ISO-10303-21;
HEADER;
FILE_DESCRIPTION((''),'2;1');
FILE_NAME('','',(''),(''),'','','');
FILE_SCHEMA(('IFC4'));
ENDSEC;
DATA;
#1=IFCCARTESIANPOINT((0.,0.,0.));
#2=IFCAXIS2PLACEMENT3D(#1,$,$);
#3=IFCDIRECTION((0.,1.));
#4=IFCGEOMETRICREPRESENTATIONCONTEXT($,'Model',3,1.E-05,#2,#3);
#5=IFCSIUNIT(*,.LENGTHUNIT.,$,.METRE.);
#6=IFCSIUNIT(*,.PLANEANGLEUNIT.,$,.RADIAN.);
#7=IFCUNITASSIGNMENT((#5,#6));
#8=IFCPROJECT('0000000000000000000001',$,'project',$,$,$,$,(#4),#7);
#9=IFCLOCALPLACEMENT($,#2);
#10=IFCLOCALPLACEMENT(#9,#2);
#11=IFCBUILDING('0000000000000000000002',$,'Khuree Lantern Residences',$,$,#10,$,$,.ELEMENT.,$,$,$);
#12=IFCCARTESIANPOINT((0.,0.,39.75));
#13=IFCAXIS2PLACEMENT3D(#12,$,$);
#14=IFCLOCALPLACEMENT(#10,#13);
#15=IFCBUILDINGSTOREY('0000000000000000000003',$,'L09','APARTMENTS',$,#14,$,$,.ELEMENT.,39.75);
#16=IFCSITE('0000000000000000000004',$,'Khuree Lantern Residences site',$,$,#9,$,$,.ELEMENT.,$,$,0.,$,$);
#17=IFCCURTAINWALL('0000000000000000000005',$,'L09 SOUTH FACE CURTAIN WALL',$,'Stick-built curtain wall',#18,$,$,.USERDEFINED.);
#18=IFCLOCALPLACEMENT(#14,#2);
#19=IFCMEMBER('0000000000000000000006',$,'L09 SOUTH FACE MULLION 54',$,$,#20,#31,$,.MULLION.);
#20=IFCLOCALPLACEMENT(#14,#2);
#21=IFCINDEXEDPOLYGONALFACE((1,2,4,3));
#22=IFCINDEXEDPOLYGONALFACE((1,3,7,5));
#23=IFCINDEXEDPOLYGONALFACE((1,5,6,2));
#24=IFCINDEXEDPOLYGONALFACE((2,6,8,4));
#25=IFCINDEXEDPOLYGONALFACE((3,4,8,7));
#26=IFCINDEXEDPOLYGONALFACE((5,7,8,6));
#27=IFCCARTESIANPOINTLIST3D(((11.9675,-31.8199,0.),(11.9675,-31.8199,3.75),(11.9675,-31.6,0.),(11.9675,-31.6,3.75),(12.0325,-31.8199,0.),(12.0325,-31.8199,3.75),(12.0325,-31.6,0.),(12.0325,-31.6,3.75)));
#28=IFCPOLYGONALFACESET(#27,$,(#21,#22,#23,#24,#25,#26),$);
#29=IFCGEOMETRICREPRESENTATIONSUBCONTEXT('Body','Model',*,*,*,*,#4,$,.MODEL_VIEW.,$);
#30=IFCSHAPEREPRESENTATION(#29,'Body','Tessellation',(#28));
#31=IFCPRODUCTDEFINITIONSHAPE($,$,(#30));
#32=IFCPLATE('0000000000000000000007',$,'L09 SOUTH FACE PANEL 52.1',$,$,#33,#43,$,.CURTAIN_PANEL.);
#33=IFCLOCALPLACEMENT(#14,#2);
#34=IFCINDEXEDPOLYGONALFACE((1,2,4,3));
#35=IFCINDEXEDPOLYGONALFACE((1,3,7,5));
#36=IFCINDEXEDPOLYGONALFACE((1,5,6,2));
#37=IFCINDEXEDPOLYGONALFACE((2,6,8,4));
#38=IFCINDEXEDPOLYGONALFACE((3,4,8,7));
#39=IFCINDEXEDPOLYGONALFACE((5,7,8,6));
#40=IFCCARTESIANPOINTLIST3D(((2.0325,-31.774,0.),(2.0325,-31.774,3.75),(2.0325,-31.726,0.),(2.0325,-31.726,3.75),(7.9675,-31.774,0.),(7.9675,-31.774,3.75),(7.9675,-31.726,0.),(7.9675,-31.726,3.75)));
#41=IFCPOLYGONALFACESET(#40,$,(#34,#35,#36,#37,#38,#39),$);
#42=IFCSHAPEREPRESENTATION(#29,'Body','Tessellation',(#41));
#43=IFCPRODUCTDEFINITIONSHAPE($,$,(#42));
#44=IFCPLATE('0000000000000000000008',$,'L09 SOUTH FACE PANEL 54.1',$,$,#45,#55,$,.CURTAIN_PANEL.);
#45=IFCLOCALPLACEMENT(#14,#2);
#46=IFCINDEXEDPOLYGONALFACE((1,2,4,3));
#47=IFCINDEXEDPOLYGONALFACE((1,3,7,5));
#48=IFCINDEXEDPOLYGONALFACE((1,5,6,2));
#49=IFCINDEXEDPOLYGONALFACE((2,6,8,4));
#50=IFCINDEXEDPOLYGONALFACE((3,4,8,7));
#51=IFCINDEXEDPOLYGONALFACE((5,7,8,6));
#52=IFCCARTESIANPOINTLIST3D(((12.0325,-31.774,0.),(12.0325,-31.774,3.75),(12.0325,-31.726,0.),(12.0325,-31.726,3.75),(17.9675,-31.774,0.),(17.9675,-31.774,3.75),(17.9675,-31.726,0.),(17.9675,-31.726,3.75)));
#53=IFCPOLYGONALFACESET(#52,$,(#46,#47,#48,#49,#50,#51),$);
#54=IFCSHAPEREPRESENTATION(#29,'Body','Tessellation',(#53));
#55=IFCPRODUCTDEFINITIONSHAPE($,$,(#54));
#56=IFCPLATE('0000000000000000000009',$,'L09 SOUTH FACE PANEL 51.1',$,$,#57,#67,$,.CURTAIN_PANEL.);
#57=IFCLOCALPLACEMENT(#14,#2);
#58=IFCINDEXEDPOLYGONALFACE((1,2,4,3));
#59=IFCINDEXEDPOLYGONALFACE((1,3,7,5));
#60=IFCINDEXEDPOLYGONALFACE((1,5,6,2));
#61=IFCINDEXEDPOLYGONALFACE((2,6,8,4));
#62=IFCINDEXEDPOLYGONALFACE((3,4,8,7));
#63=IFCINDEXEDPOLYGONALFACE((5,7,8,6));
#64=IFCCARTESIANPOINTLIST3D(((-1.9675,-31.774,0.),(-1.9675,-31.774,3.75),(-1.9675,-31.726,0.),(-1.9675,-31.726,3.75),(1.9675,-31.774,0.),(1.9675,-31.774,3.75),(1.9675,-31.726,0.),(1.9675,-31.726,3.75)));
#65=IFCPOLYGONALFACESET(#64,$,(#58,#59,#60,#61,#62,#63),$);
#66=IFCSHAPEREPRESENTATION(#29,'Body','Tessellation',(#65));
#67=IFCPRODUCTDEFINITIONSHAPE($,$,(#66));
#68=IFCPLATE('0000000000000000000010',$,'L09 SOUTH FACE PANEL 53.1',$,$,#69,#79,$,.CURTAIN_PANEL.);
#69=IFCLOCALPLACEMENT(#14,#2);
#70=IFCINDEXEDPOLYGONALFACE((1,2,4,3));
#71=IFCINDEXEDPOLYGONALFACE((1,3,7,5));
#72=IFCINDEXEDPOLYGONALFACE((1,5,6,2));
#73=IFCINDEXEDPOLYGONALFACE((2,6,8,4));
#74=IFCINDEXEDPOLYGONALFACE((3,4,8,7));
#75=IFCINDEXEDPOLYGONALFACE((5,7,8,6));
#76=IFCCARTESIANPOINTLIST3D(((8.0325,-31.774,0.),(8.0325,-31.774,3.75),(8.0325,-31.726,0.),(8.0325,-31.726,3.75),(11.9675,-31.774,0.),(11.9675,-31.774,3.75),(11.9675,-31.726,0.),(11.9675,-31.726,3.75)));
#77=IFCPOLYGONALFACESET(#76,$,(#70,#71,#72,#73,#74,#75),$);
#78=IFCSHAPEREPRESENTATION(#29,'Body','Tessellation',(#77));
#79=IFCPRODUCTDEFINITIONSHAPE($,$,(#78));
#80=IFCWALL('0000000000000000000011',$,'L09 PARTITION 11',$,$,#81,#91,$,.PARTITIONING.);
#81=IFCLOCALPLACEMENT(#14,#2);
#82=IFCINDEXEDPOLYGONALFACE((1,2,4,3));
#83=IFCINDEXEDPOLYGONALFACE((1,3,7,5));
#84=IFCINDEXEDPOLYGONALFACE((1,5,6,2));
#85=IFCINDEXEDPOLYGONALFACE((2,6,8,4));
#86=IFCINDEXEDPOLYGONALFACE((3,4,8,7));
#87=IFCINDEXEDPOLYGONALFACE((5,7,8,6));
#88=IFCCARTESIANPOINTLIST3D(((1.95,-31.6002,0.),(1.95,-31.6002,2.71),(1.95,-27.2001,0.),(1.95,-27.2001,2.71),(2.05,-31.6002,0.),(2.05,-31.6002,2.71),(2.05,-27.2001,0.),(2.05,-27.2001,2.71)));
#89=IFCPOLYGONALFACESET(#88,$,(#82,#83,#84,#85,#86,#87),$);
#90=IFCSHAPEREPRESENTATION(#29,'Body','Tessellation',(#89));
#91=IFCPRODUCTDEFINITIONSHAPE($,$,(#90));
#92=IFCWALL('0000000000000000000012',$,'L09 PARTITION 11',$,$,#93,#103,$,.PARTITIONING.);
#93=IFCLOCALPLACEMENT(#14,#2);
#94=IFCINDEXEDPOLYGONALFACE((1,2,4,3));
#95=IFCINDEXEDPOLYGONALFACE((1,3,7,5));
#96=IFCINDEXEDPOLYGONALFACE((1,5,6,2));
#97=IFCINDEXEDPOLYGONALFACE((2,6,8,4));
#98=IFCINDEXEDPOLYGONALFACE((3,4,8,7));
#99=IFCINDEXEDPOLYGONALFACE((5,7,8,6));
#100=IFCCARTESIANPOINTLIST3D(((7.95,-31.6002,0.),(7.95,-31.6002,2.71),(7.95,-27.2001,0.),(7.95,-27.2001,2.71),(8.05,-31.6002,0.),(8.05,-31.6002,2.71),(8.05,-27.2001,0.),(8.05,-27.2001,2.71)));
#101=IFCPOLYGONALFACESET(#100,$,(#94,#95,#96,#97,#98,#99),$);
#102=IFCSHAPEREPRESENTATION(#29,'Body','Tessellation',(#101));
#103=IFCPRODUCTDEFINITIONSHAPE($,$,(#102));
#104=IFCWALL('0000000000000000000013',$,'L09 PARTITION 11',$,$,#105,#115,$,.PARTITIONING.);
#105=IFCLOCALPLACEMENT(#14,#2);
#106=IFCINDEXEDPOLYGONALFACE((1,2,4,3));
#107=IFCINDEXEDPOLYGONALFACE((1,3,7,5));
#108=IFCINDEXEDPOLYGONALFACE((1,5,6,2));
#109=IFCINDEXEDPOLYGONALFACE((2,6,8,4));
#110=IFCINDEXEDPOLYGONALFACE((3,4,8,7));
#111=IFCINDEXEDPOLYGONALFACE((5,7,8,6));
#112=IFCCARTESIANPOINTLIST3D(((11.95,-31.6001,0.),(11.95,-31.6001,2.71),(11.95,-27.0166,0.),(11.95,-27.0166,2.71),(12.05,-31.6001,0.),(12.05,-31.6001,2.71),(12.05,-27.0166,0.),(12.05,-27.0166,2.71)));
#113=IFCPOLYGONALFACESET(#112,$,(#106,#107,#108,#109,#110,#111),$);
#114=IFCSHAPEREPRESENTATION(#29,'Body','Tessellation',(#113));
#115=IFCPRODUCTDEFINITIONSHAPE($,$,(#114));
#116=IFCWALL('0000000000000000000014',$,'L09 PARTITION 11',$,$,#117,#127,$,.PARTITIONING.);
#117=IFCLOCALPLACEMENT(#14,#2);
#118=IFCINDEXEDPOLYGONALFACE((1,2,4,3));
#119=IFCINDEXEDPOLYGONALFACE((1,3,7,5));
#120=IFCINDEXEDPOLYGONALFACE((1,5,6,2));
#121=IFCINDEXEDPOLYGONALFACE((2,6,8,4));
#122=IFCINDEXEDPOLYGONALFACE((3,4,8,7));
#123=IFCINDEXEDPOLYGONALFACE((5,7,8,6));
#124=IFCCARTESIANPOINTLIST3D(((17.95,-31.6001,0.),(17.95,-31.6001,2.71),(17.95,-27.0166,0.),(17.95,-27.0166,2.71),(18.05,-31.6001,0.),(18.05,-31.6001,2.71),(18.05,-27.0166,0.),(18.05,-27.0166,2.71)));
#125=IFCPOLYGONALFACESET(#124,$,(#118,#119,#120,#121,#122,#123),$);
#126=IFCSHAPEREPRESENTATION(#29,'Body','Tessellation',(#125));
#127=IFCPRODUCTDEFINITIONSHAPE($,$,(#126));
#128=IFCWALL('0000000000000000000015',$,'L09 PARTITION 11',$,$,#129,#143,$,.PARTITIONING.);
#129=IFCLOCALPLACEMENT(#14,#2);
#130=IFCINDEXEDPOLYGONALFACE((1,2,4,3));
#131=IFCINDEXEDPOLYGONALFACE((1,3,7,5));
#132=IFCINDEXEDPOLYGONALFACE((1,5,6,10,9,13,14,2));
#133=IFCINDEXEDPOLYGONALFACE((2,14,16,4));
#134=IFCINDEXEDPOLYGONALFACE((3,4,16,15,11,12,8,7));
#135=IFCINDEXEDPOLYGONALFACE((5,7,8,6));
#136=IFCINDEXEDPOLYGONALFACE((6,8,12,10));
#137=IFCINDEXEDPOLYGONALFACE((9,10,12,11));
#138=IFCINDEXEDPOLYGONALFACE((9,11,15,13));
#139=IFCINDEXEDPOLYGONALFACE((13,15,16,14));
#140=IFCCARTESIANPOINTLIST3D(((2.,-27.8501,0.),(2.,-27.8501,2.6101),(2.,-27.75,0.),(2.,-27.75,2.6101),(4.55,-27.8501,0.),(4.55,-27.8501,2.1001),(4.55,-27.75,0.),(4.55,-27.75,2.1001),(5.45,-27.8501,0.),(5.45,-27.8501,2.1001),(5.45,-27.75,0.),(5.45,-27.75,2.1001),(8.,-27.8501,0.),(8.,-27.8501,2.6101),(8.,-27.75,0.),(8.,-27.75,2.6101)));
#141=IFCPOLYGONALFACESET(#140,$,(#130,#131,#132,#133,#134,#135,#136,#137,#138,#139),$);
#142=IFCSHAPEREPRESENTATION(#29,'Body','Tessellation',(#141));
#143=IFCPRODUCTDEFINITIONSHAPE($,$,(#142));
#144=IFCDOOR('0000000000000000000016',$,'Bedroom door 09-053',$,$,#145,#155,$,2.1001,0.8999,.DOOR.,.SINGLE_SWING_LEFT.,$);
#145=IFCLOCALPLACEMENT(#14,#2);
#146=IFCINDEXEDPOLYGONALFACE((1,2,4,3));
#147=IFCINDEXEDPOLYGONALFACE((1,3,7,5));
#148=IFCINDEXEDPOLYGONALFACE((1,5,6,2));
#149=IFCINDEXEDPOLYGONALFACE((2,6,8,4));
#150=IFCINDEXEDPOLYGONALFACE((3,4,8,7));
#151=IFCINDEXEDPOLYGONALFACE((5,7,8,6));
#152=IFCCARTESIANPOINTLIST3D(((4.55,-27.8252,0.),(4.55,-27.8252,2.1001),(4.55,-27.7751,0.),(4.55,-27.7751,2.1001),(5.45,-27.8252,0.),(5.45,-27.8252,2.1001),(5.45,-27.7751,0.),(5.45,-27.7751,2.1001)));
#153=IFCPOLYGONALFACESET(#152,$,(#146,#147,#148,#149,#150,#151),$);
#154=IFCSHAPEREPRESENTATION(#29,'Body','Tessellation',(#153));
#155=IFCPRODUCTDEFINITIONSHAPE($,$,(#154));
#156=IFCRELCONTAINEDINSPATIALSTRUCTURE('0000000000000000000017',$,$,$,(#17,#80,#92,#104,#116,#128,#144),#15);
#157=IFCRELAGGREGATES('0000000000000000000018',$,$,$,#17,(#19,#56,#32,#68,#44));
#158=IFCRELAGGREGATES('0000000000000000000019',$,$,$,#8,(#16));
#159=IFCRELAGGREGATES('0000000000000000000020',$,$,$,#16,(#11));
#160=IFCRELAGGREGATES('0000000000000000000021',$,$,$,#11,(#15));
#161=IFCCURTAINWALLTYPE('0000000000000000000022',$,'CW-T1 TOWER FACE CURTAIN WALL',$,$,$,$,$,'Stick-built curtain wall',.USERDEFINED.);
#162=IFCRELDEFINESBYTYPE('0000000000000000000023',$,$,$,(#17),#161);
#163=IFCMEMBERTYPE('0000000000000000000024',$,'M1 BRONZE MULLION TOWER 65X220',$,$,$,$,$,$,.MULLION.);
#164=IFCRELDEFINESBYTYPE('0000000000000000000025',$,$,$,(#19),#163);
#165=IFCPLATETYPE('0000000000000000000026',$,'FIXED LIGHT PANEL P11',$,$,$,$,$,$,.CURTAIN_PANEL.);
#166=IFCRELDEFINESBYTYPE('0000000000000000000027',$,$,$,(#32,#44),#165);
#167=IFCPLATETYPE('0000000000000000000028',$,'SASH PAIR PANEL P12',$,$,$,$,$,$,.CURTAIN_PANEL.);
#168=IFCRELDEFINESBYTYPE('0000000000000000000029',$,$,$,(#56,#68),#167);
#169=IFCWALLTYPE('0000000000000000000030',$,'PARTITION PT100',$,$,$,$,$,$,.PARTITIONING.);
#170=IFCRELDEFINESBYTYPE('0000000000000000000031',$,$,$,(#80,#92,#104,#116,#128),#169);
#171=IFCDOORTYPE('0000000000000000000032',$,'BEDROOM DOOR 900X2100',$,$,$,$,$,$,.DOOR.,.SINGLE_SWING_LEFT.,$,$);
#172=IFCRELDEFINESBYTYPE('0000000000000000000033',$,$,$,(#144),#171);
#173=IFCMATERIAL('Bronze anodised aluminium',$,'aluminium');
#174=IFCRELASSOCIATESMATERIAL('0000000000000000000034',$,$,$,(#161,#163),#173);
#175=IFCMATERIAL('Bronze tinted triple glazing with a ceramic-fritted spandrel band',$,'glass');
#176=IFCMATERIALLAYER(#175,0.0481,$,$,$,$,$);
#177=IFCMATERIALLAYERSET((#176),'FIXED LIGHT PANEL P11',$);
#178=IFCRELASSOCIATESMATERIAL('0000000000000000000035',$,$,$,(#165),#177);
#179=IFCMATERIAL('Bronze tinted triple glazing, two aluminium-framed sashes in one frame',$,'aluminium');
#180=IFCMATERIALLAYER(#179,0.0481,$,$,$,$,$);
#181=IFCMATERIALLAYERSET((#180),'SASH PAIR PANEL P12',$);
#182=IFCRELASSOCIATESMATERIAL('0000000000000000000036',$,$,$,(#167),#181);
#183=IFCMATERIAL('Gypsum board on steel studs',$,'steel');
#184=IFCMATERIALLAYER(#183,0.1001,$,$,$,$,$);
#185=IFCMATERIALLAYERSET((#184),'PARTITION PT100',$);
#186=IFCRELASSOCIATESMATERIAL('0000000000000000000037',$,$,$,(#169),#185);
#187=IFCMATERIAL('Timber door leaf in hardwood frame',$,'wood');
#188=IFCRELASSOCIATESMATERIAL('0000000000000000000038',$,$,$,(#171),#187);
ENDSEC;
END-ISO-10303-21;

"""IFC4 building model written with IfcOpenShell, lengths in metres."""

from ifc_helpers import new_model, si_unit, direction, frame, frame_2d, origin, origin_2d, place, context, subcontext, project, spatial, rectangle, extrude, material, layer, layer_set, material_profile, profile_set, type_object, element, fill, aggregate, save


model = new_model("IFC4")

# Units and contexts
model_context = context("Model", 3, precision=1e-05, world=origin(), true_north=direction((0.0, 1.0)))
body_context = subcontext(model_context, "Body", "Model", "MODEL_VIEW")
ifc_project = project(units=[si_unit("LENGTHUNIT", "METRE"), si_unit("PLANEANGLEUNIT", "RADIAN")], contexts=[model_context])

# Site, building, storey
site_placement = place(None, origin())
site = spatial("IfcSite", under=ifc_project, at=site_placement, Name="Khuree Lantern Residences site", CompositionType="ELEMENT", RefElevation=0.0)
building_placement = place(site_placement, origin())
building = spatial("IfcBuilding", under=site, at=building_placement, Name="Khuree Lantern Residences", CompositionType="ELEMENT")
storey_placement = place(building_placement, frame((0.0, 0.0, 39.75)))
storey = spatial("IfcBuildingStorey", under=building, at=storey_placement, Name="L09", Description="APARTMENTS", CompositionType="ELEMENT", Elevation=39.75)

# Curtain wall
ifc_material_1 = material(Name="Bronze anodised aluminium", Category="aluminium")
curtain_wall_type = type_object("IfcCurtainWallType", Name="CW-T1 TOWER FACE CURTAIN WALL", ElementType="Stick-built curtain wall", PredefinedType="USERDEFINED", material=ifc_material_1)
curtain_wall_placement = place(storey_placement, origin())
curtain_wall = element("IfcCurtainWall", 1, at=curtain_wall_placement, inside=storey, type_object=curtain_wall_type, Name="L09 SOUTH FACE CURTAIN WALL", ObjectType="Stick-built curtain wall", PredefinedType="USERDEFINED")

# Member
ifc_material_profile_1 = material_profile(ifc_material_1, rectangle(XDim=0.0649, YDim=0.22, at=origin_2d()), Name="M1 65X220")
ifc_profile_set_1 = profile_set([ifc_material_profile_1], Name="Bronze anodised aluminium")
member_type_1 = type_object("IfcMemberType", Name="M1 BRONZE MULLION TOWER 65X220", PredefinedType="MULLION", material=ifc_profile_set_1)
member_1_placement = place(storey_placement, frame((12.0, -31.71, 0.0), z_axis=(0.0, 0.0, 1.0), x_axis=(1.0, 0.0, 0.0)))
member_1 = element("IfcMember", 2, at=member_1_placement, type_object=member_type_1, Name="L09 SOUTH FACE MULLION 54", PredefinedType="MULLION", context=body_context, shape_type="SweptSolid", body=[
    extrude(rectangle(XDim=0.0649, YDim=0.22, at=origin_2d()), origin(), (0.0, 0.0, 1.0), 3.75),
])

# Plates
ifc_material_2 = material(Name="Bronze tinted triple glazing with a ceramic-fritted spandrel band", Category="glass")
ifc_layer_1 = layer(ifc_material_2, 0.0481)
ifc_layer_set_1 = layer_set([ifc_layer_1], Name="FIXED LIGHT PANEL P11")
plate_type_1 = type_object("IfcPlateType", Name="FIXED LIGHT PANEL P11", PredefinedType="CURTAIN_PANEL", material=ifc_layer_set_1)
plate_1_placement = place(storey_placement, frame((5.0, -31.75, 0.0), z_axis=(0.0, 0.0, 1.0), x_axis=(1.0, 0.0, 0.0)))
plate_1 = element("IfcPlate", 3, at=plate_1_placement, type_object=plate_type_1, Name="L09 SOUTH FACE PANEL 52.1", PredefinedType="CURTAIN_PANEL", context=body_context, shape_type="SweptSolid", body=[
    extrude(rectangle(XDim=5.9351, YDim=0.0481, at=origin_2d()), origin(), (0.0, 0.0, 1.0), 3.75),
])
plate_2_placement = place(storey_placement, frame((15.0, -31.75, 0.0), z_axis=(0.0, 0.0, 1.0), x_axis=(1.0, 0.0, 0.0)))
plate_2 = element("IfcPlate", 4, at=plate_2_placement, type_object=plate_type_1, Name="L09 SOUTH FACE PANEL 54.1", PredefinedType="CURTAIN_PANEL", context=body_context, shape_type="SweptSolid", body=[
    extrude(rectangle(XDim=5.9351, YDim=0.0481, at=origin_2d()), origin(), (0.0, 0.0, 1.0), 3.75),
])
ifc_material_3 = material(Name="Bronze tinted triple glazing, two aluminium-framed sashes in one frame", Category="aluminium")
ifc_layer_2 = layer(ifc_material_3, 0.0481)
ifc_layer_set_2 = layer_set([ifc_layer_2], Name="SASH PAIR PANEL P12")
plate_type_2 = type_object("IfcPlateType", Name="SASH PAIR PANEL P12", PredefinedType="CURTAIN_PANEL", material=ifc_layer_set_2)
plate_3_placement = place(storey_placement, frame((0.0, -31.75, 0.0), z_axis=(0.0, 0.0, 1.0), x_axis=(1.0, 0.0, 0.0)))
plate_3 = element("IfcPlate", 5, at=plate_3_placement, type_object=plate_type_2, Name="L09 SOUTH FACE PANEL 51.1", PredefinedType="CURTAIN_PANEL", context=body_context, shape_type="SweptSolid", body=[
    extrude(rectangle(XDim=3.9351, YDim=0.0481, at=origin_2d()), origin(), (0.0, 0.0, 1.0), 3.75),
])
plate_4_placement = place(storey_placement, frame((10.0, -31.75, 0.0), z_axis=(0.0, 0.0, 1.0), x_axis=(1.0, 0.0, 0.0)))
plate_4 = element("IfcPlate", 6, at=plate_4_placement, type_object=plate_type_2, Name="L09 SOUTH FACE PANEL 53.1", PredefinedType="CURTAIN_PANEL", context=body_context, shape_type="SweptSolid", body=[
    extrude(rectangle(XDim=3.9351, YDim=0.0481, at=origin_2d()), origin(), (0.0, 0.0, 1.0), 3.75),
])
aggregate(curtain_wall, [member_1, plate_3, plate_1, plate_4, plate_2])

# Walls
ifc_material_4 = material(Name="Gypsum board on steel studs", Category="steel")
ifc_layer_3 = layer(ifc_material_4, 0.1001)
ifc_layer_set_3 = layer_set([ifc_layer_3], Name="PARTITION PT100")
wall_type = type_object("IfcWallType", Name="PARTITION PT100", PredefinedType="PARTITIONING", material=ifc_layer_set_3)
for number, where, z_axis, x_axis, name in (
    (7, (2.0, -27.2, 0.0), (0.0, 0.0, 1.0), (0.0, -1.0, 0.0), "L09 PARTITION 11"),
    (8, (8.0, -27.2, 0.0), (0.0, 0.0, 1.0), (0.0, -1.0, 0.0), "L09 PARTITION 11"),
):
    element("IfcWall", number, at=place(storey_placement, frame(where, z_axis=z_axis, x_axis=x_axis)), inside=storey, type_object=wall_type, Name=name, PredefinedType="PARTITIONING", context=body_context, shape_type="SweptSolid", body=[
        extrude(rectangle(XDim=4.4001, YDim=0.1001, at=frame_2d((2.2002, 0.0))), origin(), (0.0, 0.0, 1.0), 2.71),
    ])
for number, where, z_axis, x_axis, name in (
    (9, (12.0, -27.0166, 0.0), (0.0, 0.0, 1.0), (0.0, -1.0, 0.0), "L09 PARTITION 11"),
    (10, (18.0, -27.0166, 0.0), (0.0, 0.0, 1.0), (0.0, -1.0, 0.0), "L09 PARTITION 11"),
):
    element("IfcWall", number, at=place(storey_placement, frame(where, z_axis=z_axis, x_axis=x_axis)), inside=storey, type_object=wall_type, Name=name, PredefinedType="PARTITIONING", context=body_context, shape_type="SweptSolid", body=[
        extrude(rectangle(XDim=4.5835, YDim=0.1001, at=frame_2d((2.2917, 0.0))), origin(), (0.0, 0.0, 1.0), 2.71),
    ])

# Wall, opening, door
wall_1_placement = place(storey_placement, frame((2.0, -27.8, 0.0), z_axis=(0.0, 0.0, 1.0), x_axis=(1.0, 0.0, 0.0)))
wall_1 = element("IfcWall", 11, at=wall_1_placement, inside=storey, type_object=wall_type, Name="L09 PARTITION 11", PredefinedType="PARTITIONING", context=body_context, shape_type="SweptSolid", body=[
    extrude(rectangle(XDim=6.0, YDim=0.1001, at=frame_2d((3.0, 0.0))), origin(), (0.0, 0.0, 1.0), 2.6101),
])
opening_1_placement = place(wall_1_placement, frame((2.55, 0.0, 0.0)))
opening_1 = element("IfcOpeningElement", 12, at=opening_1_placement, cuts=wall_1, PredefinedType="OPENING", context=body_context, shape_type="SweptSolid", body=[
    extrude(rectangle(XDim=0.8999, YDim=2.1001, at=frame_2d((0.45, 1.05))), frame((0.0, 0.0601, 0.0), z_axis=(0.0, -1.0, 0.0), x_axis=(1.0, 0.0, 0.0)), (0.0, 0.0, 1.0), 0.1201),
])
ifc_material_5 = material(Name="Timber door leaf in hardwood frame", Category="wood")
door_type_1 = type_object("IfcDoorType", Name="BEDROOM DOOR 900X2100", OperationType="SINGLE_SWING_LEFT", PredefinedType="DOOR", material=ifc_material_5)
door_1_placement = place(opening_1_placement, origin())
door_1 = element("IfcDoor", 13, at=door_1_placement, inside=storey, type_object=door_type_1, Name="Bedroom door 09-053", OperationType="SINGLE_SWING_LEFT", OverallHeight=2.1001, OverallWidth=0.8999, PredefinedType="DOOR", context=body_context, shape_type="SweptSolid", body=[
    extrude(rectangle(XDim=0.8999, YDim=2.1001, at=frame_2d((0.45, 1.05))), frame((0.0, 0.0249, 0.0), z_axis=(0.0, -1.0, 0.0), x_axis=(1.0, 0.0, 0.0)), (0.0, 0.0, 1.0), 0.05),
])
fill(opening_1, door_1)

save(model, "model.ifc")
